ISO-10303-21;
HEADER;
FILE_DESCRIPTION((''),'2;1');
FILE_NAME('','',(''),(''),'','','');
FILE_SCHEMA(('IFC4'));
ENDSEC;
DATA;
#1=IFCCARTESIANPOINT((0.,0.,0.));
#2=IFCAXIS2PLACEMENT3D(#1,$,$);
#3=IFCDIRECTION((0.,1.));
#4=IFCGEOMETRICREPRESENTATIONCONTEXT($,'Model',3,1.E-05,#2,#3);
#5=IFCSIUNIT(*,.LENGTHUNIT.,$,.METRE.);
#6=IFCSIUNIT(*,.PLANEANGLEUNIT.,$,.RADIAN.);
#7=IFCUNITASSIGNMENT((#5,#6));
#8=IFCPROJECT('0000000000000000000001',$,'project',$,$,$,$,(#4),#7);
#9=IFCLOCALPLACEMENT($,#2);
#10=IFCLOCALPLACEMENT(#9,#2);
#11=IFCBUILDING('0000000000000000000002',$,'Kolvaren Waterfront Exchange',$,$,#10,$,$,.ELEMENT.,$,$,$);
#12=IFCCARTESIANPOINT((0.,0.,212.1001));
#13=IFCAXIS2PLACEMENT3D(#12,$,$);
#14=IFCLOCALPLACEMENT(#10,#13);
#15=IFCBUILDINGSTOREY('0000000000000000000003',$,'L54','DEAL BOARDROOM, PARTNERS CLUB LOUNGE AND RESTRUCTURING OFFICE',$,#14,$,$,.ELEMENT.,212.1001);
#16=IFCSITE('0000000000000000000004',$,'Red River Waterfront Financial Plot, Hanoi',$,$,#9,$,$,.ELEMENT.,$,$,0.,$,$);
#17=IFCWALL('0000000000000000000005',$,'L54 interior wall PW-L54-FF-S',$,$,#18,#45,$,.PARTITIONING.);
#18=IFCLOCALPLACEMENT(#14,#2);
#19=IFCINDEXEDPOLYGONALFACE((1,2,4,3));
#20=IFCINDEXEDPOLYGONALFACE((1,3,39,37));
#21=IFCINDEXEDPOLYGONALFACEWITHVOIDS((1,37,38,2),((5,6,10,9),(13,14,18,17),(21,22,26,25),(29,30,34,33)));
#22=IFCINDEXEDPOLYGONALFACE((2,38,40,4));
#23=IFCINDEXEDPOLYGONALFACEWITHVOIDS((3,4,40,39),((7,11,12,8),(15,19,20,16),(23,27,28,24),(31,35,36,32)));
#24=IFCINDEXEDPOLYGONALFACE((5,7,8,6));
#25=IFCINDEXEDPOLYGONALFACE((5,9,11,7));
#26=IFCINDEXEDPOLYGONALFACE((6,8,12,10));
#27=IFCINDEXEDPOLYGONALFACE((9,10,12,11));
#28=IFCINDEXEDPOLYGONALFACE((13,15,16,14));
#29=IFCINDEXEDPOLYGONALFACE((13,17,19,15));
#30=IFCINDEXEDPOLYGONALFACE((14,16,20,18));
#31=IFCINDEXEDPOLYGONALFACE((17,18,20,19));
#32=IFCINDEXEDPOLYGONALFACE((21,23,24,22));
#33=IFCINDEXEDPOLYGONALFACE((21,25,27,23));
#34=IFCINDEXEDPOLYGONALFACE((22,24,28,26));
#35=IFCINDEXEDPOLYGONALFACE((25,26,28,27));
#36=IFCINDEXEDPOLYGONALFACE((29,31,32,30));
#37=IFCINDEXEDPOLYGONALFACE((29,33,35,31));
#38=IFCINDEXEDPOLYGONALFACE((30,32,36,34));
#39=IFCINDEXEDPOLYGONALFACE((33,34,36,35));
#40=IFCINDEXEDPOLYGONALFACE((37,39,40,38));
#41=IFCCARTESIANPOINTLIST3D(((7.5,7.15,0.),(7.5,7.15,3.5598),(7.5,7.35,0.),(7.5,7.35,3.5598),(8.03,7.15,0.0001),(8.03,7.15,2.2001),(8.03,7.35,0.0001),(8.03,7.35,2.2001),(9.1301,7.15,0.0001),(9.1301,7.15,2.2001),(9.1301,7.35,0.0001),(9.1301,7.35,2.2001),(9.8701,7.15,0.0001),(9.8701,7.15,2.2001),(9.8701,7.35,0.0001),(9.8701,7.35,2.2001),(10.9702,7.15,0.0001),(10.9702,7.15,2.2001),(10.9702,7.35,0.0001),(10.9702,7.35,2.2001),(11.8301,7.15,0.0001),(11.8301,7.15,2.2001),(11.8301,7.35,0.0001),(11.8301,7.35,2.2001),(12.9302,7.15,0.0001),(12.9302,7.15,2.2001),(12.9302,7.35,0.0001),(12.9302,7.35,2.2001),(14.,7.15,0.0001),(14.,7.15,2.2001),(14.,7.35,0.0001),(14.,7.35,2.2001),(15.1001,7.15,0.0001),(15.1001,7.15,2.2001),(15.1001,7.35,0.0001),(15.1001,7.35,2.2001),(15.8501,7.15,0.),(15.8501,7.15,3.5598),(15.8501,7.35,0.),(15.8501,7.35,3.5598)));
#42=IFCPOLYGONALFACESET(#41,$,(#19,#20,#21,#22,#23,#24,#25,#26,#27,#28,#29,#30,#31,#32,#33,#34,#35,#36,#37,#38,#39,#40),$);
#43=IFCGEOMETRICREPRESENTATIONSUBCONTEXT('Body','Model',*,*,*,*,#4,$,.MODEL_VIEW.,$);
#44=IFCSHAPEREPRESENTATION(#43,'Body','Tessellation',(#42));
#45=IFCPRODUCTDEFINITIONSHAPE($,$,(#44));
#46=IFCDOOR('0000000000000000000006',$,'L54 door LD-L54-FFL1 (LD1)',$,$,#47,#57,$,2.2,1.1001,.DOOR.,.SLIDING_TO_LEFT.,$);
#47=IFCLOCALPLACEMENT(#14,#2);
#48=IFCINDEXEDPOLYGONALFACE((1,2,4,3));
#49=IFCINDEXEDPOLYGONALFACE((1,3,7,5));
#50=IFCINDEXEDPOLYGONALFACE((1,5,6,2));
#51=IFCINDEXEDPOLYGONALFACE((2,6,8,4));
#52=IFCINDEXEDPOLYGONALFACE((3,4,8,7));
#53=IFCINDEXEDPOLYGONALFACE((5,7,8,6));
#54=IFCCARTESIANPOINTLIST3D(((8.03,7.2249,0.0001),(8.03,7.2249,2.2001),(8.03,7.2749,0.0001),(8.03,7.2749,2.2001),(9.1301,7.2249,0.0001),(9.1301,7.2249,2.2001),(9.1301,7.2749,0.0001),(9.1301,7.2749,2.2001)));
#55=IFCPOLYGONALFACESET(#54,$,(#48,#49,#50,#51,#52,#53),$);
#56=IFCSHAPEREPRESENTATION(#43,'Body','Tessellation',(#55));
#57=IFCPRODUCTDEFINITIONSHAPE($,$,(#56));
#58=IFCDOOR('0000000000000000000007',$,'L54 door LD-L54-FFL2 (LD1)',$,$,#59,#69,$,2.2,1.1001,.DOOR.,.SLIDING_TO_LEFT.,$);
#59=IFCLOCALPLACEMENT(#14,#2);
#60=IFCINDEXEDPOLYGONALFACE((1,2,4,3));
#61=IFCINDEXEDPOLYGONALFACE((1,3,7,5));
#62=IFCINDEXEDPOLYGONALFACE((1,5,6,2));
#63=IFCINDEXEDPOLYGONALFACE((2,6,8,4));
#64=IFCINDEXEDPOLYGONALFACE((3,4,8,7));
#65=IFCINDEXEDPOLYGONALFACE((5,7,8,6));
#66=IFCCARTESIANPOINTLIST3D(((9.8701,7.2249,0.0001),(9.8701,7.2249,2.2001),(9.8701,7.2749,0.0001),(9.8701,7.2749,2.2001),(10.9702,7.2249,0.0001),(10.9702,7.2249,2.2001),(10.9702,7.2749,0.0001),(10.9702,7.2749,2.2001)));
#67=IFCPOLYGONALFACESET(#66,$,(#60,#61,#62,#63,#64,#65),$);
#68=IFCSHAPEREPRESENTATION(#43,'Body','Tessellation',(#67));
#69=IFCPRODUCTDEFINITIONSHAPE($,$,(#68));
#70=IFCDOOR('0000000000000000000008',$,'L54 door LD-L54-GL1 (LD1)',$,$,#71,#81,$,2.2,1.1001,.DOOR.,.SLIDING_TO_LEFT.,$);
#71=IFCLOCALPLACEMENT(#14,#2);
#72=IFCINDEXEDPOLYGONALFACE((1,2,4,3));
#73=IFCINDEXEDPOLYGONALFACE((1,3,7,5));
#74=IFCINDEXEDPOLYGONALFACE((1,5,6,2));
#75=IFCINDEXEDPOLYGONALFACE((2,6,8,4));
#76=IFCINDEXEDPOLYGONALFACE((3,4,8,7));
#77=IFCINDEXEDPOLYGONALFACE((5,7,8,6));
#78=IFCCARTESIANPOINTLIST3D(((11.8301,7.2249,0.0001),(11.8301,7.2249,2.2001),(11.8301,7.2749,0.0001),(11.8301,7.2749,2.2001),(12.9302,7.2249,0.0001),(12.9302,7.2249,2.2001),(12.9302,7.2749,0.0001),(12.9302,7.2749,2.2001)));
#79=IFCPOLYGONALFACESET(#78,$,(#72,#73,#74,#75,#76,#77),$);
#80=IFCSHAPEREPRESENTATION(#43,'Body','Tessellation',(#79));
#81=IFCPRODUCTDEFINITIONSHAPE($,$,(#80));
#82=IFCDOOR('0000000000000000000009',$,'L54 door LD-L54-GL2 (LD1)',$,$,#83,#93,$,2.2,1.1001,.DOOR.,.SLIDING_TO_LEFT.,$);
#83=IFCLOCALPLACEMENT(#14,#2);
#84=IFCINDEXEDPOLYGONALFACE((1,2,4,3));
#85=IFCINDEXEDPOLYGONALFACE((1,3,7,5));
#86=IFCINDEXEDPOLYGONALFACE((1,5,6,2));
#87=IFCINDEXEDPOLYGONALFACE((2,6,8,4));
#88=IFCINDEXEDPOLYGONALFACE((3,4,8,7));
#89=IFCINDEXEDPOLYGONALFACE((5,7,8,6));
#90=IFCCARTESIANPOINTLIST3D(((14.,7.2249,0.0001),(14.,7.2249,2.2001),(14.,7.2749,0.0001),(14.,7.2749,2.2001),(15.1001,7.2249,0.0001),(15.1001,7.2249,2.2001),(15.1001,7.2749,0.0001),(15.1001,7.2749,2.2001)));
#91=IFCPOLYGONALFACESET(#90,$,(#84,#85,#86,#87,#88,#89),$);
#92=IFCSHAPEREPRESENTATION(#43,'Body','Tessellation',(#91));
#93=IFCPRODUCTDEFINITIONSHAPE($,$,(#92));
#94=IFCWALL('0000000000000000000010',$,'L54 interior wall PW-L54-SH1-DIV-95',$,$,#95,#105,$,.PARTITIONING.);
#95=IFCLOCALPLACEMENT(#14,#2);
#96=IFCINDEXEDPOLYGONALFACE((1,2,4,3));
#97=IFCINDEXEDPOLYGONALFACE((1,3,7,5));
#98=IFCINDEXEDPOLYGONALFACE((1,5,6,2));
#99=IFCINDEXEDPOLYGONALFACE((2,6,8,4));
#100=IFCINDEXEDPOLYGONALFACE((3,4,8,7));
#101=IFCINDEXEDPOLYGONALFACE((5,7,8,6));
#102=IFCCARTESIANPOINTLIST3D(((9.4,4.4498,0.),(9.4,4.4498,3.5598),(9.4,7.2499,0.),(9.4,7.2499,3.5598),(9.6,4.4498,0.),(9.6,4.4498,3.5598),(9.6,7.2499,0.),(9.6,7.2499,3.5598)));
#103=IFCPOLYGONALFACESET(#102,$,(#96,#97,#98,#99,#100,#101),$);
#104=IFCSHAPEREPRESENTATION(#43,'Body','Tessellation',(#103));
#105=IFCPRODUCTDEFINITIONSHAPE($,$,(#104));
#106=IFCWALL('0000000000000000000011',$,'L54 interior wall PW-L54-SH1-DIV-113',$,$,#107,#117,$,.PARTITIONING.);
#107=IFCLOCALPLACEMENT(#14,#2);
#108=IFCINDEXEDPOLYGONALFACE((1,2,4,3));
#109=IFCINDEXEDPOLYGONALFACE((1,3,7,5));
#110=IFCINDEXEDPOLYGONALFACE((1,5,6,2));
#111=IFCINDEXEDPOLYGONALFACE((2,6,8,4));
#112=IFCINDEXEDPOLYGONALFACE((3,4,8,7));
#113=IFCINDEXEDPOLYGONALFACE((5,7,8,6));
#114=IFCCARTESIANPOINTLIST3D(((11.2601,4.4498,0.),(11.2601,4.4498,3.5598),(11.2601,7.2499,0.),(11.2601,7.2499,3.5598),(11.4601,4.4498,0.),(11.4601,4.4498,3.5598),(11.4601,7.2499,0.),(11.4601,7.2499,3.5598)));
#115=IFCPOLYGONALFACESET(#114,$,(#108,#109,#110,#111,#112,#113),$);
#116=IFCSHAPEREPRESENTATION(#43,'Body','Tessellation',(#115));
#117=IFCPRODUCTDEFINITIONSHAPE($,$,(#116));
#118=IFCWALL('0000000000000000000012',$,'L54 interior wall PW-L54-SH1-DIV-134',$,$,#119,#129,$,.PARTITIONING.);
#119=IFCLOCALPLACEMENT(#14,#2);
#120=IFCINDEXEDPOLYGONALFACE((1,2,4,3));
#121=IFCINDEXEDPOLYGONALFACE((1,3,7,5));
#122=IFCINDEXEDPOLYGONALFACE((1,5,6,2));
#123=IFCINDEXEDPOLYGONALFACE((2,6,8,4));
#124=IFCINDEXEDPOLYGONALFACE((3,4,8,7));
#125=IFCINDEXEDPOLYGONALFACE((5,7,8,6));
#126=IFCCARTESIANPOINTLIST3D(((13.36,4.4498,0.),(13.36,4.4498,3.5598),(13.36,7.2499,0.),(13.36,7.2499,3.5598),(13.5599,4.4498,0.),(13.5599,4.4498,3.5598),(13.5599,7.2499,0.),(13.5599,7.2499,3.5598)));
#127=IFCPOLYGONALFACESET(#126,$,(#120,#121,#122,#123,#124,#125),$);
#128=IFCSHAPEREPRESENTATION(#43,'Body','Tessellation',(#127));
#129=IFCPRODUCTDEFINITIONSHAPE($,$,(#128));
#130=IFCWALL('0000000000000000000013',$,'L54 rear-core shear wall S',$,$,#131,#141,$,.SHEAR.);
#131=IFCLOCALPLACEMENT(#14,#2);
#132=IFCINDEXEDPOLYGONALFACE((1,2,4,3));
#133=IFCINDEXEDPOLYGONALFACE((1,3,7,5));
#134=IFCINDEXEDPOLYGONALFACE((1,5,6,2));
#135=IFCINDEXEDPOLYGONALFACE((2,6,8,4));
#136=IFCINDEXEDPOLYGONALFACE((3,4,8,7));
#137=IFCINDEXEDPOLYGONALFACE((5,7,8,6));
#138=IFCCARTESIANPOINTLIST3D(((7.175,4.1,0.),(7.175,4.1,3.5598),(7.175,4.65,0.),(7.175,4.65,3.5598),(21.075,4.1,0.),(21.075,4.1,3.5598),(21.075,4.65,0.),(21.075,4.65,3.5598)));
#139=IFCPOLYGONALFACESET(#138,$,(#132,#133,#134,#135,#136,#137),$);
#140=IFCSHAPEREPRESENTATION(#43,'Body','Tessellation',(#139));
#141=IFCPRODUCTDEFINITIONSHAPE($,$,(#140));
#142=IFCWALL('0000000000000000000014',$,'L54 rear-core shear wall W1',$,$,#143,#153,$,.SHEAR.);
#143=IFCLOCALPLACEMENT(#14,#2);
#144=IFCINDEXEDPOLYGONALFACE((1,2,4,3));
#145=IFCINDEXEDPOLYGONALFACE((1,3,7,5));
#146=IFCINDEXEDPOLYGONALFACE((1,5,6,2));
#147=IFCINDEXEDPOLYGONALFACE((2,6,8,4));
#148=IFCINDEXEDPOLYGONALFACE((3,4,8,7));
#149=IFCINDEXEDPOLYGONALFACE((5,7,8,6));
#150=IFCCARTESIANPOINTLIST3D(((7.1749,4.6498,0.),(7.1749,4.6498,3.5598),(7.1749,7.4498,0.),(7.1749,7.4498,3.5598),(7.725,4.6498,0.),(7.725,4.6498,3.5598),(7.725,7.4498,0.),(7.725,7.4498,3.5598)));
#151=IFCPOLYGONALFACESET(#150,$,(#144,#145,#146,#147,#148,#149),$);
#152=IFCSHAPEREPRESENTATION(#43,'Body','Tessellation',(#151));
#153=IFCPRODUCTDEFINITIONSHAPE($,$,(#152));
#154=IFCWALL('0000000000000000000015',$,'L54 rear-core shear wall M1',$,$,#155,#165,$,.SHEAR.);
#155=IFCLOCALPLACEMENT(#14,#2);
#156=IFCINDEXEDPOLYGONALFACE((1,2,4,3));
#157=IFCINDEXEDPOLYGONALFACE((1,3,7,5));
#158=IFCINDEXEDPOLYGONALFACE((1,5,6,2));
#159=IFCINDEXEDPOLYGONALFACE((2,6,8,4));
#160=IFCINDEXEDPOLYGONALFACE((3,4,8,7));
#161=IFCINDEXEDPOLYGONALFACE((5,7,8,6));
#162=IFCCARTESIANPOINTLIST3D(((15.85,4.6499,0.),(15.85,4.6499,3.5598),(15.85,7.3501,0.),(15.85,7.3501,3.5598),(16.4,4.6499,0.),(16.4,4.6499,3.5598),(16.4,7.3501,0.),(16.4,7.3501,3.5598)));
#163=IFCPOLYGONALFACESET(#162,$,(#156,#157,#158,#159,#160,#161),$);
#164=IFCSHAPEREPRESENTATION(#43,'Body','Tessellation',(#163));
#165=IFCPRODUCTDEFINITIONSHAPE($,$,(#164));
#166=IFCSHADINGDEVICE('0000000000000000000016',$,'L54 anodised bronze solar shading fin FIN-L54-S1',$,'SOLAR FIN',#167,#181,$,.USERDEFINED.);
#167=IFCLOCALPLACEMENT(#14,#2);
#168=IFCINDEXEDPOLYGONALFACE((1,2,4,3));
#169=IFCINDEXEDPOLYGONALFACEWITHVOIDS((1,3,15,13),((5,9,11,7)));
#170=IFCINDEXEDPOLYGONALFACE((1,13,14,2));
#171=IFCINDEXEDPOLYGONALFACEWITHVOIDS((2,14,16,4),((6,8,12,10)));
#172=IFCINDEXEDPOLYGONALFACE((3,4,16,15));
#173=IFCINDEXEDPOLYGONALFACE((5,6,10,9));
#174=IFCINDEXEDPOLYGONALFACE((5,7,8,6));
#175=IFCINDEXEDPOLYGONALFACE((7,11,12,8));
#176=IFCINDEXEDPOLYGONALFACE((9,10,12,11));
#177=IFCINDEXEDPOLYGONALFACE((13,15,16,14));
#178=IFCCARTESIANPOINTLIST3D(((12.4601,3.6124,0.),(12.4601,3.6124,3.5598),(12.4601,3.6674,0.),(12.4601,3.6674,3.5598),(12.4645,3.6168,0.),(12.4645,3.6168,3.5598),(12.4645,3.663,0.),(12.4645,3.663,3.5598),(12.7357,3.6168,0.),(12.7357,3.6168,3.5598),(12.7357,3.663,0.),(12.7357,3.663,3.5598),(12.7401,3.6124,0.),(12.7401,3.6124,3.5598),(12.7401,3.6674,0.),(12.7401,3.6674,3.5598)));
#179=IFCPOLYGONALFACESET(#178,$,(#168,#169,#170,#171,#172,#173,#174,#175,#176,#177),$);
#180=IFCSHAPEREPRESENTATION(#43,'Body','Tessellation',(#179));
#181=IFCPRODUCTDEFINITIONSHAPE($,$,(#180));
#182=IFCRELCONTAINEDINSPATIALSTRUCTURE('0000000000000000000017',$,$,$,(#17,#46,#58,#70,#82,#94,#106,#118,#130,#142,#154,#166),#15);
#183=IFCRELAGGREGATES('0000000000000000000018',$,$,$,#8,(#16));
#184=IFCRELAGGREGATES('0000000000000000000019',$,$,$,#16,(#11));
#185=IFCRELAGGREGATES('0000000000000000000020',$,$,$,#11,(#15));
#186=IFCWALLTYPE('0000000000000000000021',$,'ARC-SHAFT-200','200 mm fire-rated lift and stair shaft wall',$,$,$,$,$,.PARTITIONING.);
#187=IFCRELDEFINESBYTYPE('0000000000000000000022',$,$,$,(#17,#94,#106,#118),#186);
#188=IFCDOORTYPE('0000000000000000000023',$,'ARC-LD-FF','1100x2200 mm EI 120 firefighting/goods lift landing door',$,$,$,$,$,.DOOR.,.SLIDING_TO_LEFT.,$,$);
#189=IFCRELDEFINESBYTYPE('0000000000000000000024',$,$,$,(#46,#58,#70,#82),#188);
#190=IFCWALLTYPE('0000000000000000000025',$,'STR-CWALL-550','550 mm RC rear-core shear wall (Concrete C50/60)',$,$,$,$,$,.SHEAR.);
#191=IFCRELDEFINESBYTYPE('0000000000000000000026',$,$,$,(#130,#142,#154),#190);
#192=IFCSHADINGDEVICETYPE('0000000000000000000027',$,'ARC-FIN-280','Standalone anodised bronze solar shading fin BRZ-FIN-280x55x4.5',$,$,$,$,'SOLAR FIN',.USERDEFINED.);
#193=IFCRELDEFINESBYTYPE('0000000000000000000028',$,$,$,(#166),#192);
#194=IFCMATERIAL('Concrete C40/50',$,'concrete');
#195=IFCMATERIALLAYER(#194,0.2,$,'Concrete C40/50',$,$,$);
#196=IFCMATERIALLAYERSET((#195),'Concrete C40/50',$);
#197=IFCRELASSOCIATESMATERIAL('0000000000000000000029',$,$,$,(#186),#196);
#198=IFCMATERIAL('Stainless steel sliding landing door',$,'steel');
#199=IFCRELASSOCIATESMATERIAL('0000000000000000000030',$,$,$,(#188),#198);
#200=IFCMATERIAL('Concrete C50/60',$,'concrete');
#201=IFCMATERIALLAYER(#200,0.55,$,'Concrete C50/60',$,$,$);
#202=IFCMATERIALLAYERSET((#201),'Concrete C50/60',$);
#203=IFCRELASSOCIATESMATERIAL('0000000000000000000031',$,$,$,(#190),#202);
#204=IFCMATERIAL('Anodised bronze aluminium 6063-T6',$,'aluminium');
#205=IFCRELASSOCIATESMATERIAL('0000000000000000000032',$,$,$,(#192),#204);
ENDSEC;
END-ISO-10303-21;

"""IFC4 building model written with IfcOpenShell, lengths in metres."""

from ifc_helpers import new_model, si_unit, direction, frame, frame_2d, origin, origin_2d, place, context, subcontext, project, spatial, rectangle, hollow_rectangle, extrude, material, layer, layer_set, material_profile, profile_set, type_object, element, fill, save


model = new_model("IFC4")

# Units and contexts
model_context = context("Model", 3, precision=1e-05, world=origin(), true_north=direction((0.0, 1.0)))
body_context = subcontext(model_context, "Body", "Model", "MODEL_VIEW")
ifc_project = project(units=[si_unit("LENGTHUNIT", "METRE"), si_unit("PLANEANGLEUNIT", "RADIAN")], contexts=[model_context])

# Site, building, storey
site_placement = place(None, origin())
site = spatial("IfcSite", under=ifc_project, at=site_placement, Name="Red River Waterfront Financial Plot, Hanoi", CompositionType="ELEMENT", RefElevation=0.0)
building_placement = place(site_placement, origin())
building = spatial("IfcBuilding", under=site, at=building_placement, Name="Kolvaren Waterfront Exchange", CompositionType="ELEMENT")
storey_placement = place(building_placement, frame((0.0, 0.0, 212.1001)))
storey = spatial("IfcBuildingStorey", under=building, at=storey_placement, Name="L54", Description="DEAL BOARDROOM, PARTNERS CLUB LOUNGE AND RESTRUCTURING OFFICE", CompositionType="ELEMENT", Elevation=212.1001)

# Shared definitions
ifc_material_1 = material(Name="Concrete C50/60", Category="concrete")

# Shared definitions
ifc_material_2 = material(Name="Anodised bronze aluminium 6063-T6", Category="aluminium")

# Shared definitions
ifc_material_3 = material(Name="Concrete C40/50", Category="concrete")
ifc_layer_1 = layer(ifc_material_3, 0.2, Name="Concrete C40/50")
ifc_layer_set_1 = layer_set([ifc_layer_1], Name="Concrete C40/50")
wall_type_1 = type_object("IfcWallType", Name="ARC-SHAFT-200", Description="200 mm fire-rated lift and stair shaft wall", PredefinedType="PARTITIONING", material=ifc_layer_set_1)

# Wall, openings, doors
wall_1_placement = place(storey_placement, frame((7.5, 7.25, 0.0), z_axis=(0.0, 0.0, 1.0), x_axis=(1.0, 0.0, 0.0)))
wall_1 = element("IfcWall", 1, at=wall_1_placement, inside=storey, type_object=wall_type_1, Name="L54 interior wall PW-L54-FF-S", PredefinedType="PARTITIONING", context=body_context, shape_type="SweptSolid", body=[
    extrude(rectangle(XDim=8.3501, YDim=0.2, at=frame_2d((4.175, 0.0))), origin(), (0.0, 0.0, 1.0), 3.5598),
])
opening_1_placement = place(wall_1_placement, frame((0.53, 0.0, 0.0)))
opening_1 = element("IfcOpeningElement", 2, at=opening_1_placement, cuts=wall_1, PredefinedType="OPENING", context=body_context, shape_type="SweptSolid", body=[
    extrude(rectangle(XDim=1.1001, YDim=2.2, at=frame_2d((0.55, 1.1001))), frame((0.0, 0.1099, 0.0), z_axis=(0.0, -1.0, 0.0), x_axis=(1.0, 0.0, 0.0)), (0.0, 0.0, 1.0), 0.22),
])
opening_2_placement = place(wall_1_placement, frame((2.3701, 0.0, 0.0)))
opening_2 = element("IfcOpeningElement", 3, at=opening_2_placement, cuts=wall_1, PredefinedType="OPENING", context=body_context, shape_type="SweptSolid", body=[
    extrude(rectangle(XDim=1.1001, YDim=2.2, at=frame_2d((0.55, 1.1001))), frame((0.0, 0.1099, 0.0), z_axis=(0.0, -1.0, 0.0), x_axis=(1.0, 0.0, 0.0)), (0.0, 0.0, 1.0), 0.22),
])
opening_3_placement = place(wall_1_placement, frame((4.3301, 0.0, 0.0)))
opening_3 = element("IfcOpeningElement", 4, at=opening_3_placement, cuts=wall_1, PredefinedType="OPENING", context=body_context, shape_type="SweptSolid", body=[
    extrude(rectangle(XDim=1.1001, YDim=2.2, at=frame_2d((0.55, 1.1001))), frame((0.0, 0.1099, 0.0), z_axis=(0.0, -1.0, 0.0), x_axis=(1.0, 0.0, 0.0)), (0.0, 0.0, 1.0), 0.22),
])
opening_4_placement = place(wall_1_placement, frame((6.5, 0.0, 0.0)))
opening_4 = element("IfcOpeningElement", 5, at=opening_4_placement, cuts=wall_1, PredefinedType="OPENING", context=body_context, shape_type="SweptSolid", body=[
    extrude(rectangle(XDim=1.1001, YDim=2.2, at=frame_2d((0.55, 1.1001))), frame((0.0, 0.1099, 0.0), z_axis=(0.0, -1.0, 0.0), x_axis=(1.0, 0.0, 0.0)), (0.0, 0.0, 1.0), 0.22),
])
ifc_material_4 = material(Name="Stainless steel sliding landing door", Category="steel")
door_type = type_object("IfcDoorType", Name="ARC-LD-FF", Description="1100x2200 mm EI 120 firefighting/goods lift landing door", OperationType="SLIDING_TO_LEFT", PredefinedType="DOOR", material=ifc_material_4)
door_1_placement = place(opening_1_placement, origin())
door_1 = element("IfcDoor", 6, at=door_1_placement, inside=storey, type_object=door_type, Name="L54 door LD-L54-FFL1 (LD1)", OperationType="SLIDING_TO_LEFT", OverallHeight=2.2, OverallWidth=1.1001, PredefinedType="DOOR", context=body_context, shape_type="SweptSolid", body=[
    extrude(rectangle(XDim=1.1001, YDim=2.2, at=frame_2d((0.55, 1.1001))), frame((0.0, 0.0249, 0.0), z_axis=(0.0, -1.0, 0.0), x_axis=(1.0, 0.0, 0.0)), (0.0, 0.0, 1.0), 0.05),
])
fill(opening_1, door_1)
door_2_placement = place(opening_2_placement, origin())
door_2 = element("IfcDoor", 7, at=door_2_placement, inside=storey, type_object=door_type, Name="L54 door LD-L54-FFL2 (LD1)", OperationType="SLIDING_TO_LEFT", OverallHeight=2.2, OverallWidth=1.1001, PredefinedType="DOOR", context=body_context, shape_type="SweptSolid", body=[
    extrude(rectangle(XDim=1.1001, YDim=2.2, at=frame_2d((0.55, 1.1001))), frame((0.0, 0.0249, 0.0), z_axis=(0.0, -1.0, 0.0), x_axis=(1.0, 0.0, 0.0)), (0.0, 0.0, 1.0), 0.05),
])
fill(opening_2, door_2)
door_3_placement = place(opening_3_placement, origin())
door_3 = element("IfcDoor", 8, at=door_3_placement, inside=storey, type_object=door_type, Name="L54 door LD-L54-GL1 (LD1)", OperationType="SLIDING_TO_LEFT", OverallHeight=2.2, OverallWidth=1.1001, PredefinedType="DOOR", context=body_context, shape_type="SweptSolid", body=[
    extrude(rectangle(XDim=1.1001, YDim=2.2, at=frame_2d((0.55, 1.1001))), frame((0.0, 0.0249, 0.0), z_axis=(0.0, -1.0, 0.0), x_axis=(1.0, 0.0, 0.0)), (0.0, 0.0, 1.0), 0.05),
])
fill(opening_3, door_3)
door_4_placement = place(opening_4_placement, origin())
door_4 = element("IfcDoor", 9, at=door_4_placement, inside=storey, type_object=door_type, Name="L54 door LD-L54-GL2 (LD1)", OperationType="SLIDING_TO_LEFT", OverallHeight=2.2, OverallWidth=1.1001, PredefinedType="DOOR", context=body_context, shape_type="SweptSolid", body=[
    extrude(rectangle(XDim=1.1001, YDim=2.2, at=frame_2d((0.55, 1.1001))), frame((0.0, 0.0249, 0.0), z_axis=(0.0, -1.0, 0.0), x_axis=(1.0, 0.0, 0.0)), (0.0, 0.0, 1.0), 0.05),
])
fill(opening_4, door_4)

# Walls
for number, where, z_axis, x_axis, name in (
    (10, (9.5, 4.45, 0.0), (0.0, 0.0, 1.0), (0.0, 1.0, 0.0), "L54 interior wall PW-L54-SH1-DIV-95"),
    (11, (11.3601, 4.45, 0.0), (0.0, 0.0, 1.0), (0.0, 1.0, 0.0), "L54 interior wall PW-L54-SH1-DIV-113"),
    (12, (13.46, 4.45, 0.0), (0.0, 0.0, 1.0), (0.0, 1.0, 0.0), "L54 interior wall PW-L54-SH1-DIV-134"),
):
    element("IfcWall", number, at=place(storey_placement, frame(where, z_axis=z_axis, x_axis=x_axis)), inside=storey, type_object=wall_type_1, Name=name, PredefinedType="PARTITIONING", context=body_context, shape_type="SweptSolid", body=[
        extrude(rectangle(XDim=2.8, YDim=0.2, at=frame_2d((1.3999, 0.0))), origin(), (0.0, 0.0, 1.0), 3.5598),
    ])
ifc_layer_2 = layer(ifc_material_1, 0.55, Name="Concrete C50/60")
ifc_layer_set_2 = layer_set([ifc_layer_2], Name="Concrete C50/60")
wall_type_2 = type_object("IfcWallType", Name="STR-CWALL-550", Description="550 mm RC rear-core shear wall (Concrete C50/60)", PredefinedType="SHEAR", material=ifc_layer_set_2)
wall_2_placement = place(storey_placement, frame((7.175, 4.375, 0.0), z_axis=(0.0, 0.0, 1.0), x_axis=(1.0, 0.0, 0.0)))
element("IfcWall", 13, at=wall_2_placement, inside=storey, type_object=wall_type_2, Name="L54 rear-core shear wall S", PredefinedType="SHEAR", context=body_context, shape_type="SweptSolid", body=[
    extrude(rectangle(XDim=13.8999, YDim=0.55, at=frame_2d((6.95, 0.0))), origin(), (0.0, 0.0, 1.0), 3.5598),
])
wall_3_placement = place(storey_placement, frame((7.45, 4.6499, 0.0), z_axis=(0.0, 0.0, 1.0), x_axis=(0.0, 1.0, 0.0)))
element("IfcWall", 14, at=wall_3_placement, inside=storey, type_object=wall_type_2, Name="L54 rear-core shear wall W1", PredefinedType="SHEAR", context=body_context, shape_type="SweptSolid", body=[
    extrude(rectangle(XDim=2.8, YDim=0.55, at=frame_2d((1.3999, 0.0))), origin(), (0.0, 0.0, 1.0), 3.5598),
])
wall_4_placement = place(storey_placement, frame((16.125, 4.6499, 0.0), z_axis=(0.0, 0.0, 1.0), x_axis=(0.0, 1.0, 0.0)))
element("IfcWall", 15, at=wall_4_placement, inside=storey, type_object=wall_type_2, Name="L54 rear-core shear wall M1", PredefinedType="SHEAR", context=body_context, shape_type="SweptSolid", body=[
    extrude(rectangle(XDim=2.7002, YDim=0.55, at=frame_2d((1.3501, 0.0))), origin(), (0.0, 0.0, 1.0), 3.5598),
])

# Shading device
ifc_material_profile_1 = material_profile(ifc_material_2, hollow_rectangle(XDim=0.0549, YDim=0.28, WallThickness=0.0044, at=origin_2d()), Name="BRZ-FIN-280x55x4.5")
ifc_profile_set_1 = profile_set([ifc_material_profile_1], Name="Anodised bronze aluminium 6063-T6")
shading_device_type = type_object("IfcShadingDeviceType", Name="ARC-FIN-280", Description="Standalone anodised bronze solar shading fin BRZ-FIN-280x55x4.5", ElementType="SOLAR FIN", PredefinedType="USERDEFINED", material=ifc_profile_set_1)
shading_device_placement = place(storey_placement, frame((12.6001, 3.6399, 0.0), z_axis=(0.0, 0.0, 1.0), x_axis=(0.0, -1.0, 0.0)))
element("IfcShadingDevice", 16, at=shading_device_placement, inside=storey, type_object=shading_device_type, Name="L54 anodised bronze solar shading fin FIN-L54-S1", ObjectType="SOLAR FIN", PredefinedType="USERDEFINED", context=body_context, shape_type="SweptSolid", body=[
    extrude(hollow_rectangle(XDim=0.0549, YDim=0.28, WallThickness=0.0044, at=origin_2d()), origin(), (0.0, 0.0, 1.0), 3.5598),
])

save(model, "model.ifc")
